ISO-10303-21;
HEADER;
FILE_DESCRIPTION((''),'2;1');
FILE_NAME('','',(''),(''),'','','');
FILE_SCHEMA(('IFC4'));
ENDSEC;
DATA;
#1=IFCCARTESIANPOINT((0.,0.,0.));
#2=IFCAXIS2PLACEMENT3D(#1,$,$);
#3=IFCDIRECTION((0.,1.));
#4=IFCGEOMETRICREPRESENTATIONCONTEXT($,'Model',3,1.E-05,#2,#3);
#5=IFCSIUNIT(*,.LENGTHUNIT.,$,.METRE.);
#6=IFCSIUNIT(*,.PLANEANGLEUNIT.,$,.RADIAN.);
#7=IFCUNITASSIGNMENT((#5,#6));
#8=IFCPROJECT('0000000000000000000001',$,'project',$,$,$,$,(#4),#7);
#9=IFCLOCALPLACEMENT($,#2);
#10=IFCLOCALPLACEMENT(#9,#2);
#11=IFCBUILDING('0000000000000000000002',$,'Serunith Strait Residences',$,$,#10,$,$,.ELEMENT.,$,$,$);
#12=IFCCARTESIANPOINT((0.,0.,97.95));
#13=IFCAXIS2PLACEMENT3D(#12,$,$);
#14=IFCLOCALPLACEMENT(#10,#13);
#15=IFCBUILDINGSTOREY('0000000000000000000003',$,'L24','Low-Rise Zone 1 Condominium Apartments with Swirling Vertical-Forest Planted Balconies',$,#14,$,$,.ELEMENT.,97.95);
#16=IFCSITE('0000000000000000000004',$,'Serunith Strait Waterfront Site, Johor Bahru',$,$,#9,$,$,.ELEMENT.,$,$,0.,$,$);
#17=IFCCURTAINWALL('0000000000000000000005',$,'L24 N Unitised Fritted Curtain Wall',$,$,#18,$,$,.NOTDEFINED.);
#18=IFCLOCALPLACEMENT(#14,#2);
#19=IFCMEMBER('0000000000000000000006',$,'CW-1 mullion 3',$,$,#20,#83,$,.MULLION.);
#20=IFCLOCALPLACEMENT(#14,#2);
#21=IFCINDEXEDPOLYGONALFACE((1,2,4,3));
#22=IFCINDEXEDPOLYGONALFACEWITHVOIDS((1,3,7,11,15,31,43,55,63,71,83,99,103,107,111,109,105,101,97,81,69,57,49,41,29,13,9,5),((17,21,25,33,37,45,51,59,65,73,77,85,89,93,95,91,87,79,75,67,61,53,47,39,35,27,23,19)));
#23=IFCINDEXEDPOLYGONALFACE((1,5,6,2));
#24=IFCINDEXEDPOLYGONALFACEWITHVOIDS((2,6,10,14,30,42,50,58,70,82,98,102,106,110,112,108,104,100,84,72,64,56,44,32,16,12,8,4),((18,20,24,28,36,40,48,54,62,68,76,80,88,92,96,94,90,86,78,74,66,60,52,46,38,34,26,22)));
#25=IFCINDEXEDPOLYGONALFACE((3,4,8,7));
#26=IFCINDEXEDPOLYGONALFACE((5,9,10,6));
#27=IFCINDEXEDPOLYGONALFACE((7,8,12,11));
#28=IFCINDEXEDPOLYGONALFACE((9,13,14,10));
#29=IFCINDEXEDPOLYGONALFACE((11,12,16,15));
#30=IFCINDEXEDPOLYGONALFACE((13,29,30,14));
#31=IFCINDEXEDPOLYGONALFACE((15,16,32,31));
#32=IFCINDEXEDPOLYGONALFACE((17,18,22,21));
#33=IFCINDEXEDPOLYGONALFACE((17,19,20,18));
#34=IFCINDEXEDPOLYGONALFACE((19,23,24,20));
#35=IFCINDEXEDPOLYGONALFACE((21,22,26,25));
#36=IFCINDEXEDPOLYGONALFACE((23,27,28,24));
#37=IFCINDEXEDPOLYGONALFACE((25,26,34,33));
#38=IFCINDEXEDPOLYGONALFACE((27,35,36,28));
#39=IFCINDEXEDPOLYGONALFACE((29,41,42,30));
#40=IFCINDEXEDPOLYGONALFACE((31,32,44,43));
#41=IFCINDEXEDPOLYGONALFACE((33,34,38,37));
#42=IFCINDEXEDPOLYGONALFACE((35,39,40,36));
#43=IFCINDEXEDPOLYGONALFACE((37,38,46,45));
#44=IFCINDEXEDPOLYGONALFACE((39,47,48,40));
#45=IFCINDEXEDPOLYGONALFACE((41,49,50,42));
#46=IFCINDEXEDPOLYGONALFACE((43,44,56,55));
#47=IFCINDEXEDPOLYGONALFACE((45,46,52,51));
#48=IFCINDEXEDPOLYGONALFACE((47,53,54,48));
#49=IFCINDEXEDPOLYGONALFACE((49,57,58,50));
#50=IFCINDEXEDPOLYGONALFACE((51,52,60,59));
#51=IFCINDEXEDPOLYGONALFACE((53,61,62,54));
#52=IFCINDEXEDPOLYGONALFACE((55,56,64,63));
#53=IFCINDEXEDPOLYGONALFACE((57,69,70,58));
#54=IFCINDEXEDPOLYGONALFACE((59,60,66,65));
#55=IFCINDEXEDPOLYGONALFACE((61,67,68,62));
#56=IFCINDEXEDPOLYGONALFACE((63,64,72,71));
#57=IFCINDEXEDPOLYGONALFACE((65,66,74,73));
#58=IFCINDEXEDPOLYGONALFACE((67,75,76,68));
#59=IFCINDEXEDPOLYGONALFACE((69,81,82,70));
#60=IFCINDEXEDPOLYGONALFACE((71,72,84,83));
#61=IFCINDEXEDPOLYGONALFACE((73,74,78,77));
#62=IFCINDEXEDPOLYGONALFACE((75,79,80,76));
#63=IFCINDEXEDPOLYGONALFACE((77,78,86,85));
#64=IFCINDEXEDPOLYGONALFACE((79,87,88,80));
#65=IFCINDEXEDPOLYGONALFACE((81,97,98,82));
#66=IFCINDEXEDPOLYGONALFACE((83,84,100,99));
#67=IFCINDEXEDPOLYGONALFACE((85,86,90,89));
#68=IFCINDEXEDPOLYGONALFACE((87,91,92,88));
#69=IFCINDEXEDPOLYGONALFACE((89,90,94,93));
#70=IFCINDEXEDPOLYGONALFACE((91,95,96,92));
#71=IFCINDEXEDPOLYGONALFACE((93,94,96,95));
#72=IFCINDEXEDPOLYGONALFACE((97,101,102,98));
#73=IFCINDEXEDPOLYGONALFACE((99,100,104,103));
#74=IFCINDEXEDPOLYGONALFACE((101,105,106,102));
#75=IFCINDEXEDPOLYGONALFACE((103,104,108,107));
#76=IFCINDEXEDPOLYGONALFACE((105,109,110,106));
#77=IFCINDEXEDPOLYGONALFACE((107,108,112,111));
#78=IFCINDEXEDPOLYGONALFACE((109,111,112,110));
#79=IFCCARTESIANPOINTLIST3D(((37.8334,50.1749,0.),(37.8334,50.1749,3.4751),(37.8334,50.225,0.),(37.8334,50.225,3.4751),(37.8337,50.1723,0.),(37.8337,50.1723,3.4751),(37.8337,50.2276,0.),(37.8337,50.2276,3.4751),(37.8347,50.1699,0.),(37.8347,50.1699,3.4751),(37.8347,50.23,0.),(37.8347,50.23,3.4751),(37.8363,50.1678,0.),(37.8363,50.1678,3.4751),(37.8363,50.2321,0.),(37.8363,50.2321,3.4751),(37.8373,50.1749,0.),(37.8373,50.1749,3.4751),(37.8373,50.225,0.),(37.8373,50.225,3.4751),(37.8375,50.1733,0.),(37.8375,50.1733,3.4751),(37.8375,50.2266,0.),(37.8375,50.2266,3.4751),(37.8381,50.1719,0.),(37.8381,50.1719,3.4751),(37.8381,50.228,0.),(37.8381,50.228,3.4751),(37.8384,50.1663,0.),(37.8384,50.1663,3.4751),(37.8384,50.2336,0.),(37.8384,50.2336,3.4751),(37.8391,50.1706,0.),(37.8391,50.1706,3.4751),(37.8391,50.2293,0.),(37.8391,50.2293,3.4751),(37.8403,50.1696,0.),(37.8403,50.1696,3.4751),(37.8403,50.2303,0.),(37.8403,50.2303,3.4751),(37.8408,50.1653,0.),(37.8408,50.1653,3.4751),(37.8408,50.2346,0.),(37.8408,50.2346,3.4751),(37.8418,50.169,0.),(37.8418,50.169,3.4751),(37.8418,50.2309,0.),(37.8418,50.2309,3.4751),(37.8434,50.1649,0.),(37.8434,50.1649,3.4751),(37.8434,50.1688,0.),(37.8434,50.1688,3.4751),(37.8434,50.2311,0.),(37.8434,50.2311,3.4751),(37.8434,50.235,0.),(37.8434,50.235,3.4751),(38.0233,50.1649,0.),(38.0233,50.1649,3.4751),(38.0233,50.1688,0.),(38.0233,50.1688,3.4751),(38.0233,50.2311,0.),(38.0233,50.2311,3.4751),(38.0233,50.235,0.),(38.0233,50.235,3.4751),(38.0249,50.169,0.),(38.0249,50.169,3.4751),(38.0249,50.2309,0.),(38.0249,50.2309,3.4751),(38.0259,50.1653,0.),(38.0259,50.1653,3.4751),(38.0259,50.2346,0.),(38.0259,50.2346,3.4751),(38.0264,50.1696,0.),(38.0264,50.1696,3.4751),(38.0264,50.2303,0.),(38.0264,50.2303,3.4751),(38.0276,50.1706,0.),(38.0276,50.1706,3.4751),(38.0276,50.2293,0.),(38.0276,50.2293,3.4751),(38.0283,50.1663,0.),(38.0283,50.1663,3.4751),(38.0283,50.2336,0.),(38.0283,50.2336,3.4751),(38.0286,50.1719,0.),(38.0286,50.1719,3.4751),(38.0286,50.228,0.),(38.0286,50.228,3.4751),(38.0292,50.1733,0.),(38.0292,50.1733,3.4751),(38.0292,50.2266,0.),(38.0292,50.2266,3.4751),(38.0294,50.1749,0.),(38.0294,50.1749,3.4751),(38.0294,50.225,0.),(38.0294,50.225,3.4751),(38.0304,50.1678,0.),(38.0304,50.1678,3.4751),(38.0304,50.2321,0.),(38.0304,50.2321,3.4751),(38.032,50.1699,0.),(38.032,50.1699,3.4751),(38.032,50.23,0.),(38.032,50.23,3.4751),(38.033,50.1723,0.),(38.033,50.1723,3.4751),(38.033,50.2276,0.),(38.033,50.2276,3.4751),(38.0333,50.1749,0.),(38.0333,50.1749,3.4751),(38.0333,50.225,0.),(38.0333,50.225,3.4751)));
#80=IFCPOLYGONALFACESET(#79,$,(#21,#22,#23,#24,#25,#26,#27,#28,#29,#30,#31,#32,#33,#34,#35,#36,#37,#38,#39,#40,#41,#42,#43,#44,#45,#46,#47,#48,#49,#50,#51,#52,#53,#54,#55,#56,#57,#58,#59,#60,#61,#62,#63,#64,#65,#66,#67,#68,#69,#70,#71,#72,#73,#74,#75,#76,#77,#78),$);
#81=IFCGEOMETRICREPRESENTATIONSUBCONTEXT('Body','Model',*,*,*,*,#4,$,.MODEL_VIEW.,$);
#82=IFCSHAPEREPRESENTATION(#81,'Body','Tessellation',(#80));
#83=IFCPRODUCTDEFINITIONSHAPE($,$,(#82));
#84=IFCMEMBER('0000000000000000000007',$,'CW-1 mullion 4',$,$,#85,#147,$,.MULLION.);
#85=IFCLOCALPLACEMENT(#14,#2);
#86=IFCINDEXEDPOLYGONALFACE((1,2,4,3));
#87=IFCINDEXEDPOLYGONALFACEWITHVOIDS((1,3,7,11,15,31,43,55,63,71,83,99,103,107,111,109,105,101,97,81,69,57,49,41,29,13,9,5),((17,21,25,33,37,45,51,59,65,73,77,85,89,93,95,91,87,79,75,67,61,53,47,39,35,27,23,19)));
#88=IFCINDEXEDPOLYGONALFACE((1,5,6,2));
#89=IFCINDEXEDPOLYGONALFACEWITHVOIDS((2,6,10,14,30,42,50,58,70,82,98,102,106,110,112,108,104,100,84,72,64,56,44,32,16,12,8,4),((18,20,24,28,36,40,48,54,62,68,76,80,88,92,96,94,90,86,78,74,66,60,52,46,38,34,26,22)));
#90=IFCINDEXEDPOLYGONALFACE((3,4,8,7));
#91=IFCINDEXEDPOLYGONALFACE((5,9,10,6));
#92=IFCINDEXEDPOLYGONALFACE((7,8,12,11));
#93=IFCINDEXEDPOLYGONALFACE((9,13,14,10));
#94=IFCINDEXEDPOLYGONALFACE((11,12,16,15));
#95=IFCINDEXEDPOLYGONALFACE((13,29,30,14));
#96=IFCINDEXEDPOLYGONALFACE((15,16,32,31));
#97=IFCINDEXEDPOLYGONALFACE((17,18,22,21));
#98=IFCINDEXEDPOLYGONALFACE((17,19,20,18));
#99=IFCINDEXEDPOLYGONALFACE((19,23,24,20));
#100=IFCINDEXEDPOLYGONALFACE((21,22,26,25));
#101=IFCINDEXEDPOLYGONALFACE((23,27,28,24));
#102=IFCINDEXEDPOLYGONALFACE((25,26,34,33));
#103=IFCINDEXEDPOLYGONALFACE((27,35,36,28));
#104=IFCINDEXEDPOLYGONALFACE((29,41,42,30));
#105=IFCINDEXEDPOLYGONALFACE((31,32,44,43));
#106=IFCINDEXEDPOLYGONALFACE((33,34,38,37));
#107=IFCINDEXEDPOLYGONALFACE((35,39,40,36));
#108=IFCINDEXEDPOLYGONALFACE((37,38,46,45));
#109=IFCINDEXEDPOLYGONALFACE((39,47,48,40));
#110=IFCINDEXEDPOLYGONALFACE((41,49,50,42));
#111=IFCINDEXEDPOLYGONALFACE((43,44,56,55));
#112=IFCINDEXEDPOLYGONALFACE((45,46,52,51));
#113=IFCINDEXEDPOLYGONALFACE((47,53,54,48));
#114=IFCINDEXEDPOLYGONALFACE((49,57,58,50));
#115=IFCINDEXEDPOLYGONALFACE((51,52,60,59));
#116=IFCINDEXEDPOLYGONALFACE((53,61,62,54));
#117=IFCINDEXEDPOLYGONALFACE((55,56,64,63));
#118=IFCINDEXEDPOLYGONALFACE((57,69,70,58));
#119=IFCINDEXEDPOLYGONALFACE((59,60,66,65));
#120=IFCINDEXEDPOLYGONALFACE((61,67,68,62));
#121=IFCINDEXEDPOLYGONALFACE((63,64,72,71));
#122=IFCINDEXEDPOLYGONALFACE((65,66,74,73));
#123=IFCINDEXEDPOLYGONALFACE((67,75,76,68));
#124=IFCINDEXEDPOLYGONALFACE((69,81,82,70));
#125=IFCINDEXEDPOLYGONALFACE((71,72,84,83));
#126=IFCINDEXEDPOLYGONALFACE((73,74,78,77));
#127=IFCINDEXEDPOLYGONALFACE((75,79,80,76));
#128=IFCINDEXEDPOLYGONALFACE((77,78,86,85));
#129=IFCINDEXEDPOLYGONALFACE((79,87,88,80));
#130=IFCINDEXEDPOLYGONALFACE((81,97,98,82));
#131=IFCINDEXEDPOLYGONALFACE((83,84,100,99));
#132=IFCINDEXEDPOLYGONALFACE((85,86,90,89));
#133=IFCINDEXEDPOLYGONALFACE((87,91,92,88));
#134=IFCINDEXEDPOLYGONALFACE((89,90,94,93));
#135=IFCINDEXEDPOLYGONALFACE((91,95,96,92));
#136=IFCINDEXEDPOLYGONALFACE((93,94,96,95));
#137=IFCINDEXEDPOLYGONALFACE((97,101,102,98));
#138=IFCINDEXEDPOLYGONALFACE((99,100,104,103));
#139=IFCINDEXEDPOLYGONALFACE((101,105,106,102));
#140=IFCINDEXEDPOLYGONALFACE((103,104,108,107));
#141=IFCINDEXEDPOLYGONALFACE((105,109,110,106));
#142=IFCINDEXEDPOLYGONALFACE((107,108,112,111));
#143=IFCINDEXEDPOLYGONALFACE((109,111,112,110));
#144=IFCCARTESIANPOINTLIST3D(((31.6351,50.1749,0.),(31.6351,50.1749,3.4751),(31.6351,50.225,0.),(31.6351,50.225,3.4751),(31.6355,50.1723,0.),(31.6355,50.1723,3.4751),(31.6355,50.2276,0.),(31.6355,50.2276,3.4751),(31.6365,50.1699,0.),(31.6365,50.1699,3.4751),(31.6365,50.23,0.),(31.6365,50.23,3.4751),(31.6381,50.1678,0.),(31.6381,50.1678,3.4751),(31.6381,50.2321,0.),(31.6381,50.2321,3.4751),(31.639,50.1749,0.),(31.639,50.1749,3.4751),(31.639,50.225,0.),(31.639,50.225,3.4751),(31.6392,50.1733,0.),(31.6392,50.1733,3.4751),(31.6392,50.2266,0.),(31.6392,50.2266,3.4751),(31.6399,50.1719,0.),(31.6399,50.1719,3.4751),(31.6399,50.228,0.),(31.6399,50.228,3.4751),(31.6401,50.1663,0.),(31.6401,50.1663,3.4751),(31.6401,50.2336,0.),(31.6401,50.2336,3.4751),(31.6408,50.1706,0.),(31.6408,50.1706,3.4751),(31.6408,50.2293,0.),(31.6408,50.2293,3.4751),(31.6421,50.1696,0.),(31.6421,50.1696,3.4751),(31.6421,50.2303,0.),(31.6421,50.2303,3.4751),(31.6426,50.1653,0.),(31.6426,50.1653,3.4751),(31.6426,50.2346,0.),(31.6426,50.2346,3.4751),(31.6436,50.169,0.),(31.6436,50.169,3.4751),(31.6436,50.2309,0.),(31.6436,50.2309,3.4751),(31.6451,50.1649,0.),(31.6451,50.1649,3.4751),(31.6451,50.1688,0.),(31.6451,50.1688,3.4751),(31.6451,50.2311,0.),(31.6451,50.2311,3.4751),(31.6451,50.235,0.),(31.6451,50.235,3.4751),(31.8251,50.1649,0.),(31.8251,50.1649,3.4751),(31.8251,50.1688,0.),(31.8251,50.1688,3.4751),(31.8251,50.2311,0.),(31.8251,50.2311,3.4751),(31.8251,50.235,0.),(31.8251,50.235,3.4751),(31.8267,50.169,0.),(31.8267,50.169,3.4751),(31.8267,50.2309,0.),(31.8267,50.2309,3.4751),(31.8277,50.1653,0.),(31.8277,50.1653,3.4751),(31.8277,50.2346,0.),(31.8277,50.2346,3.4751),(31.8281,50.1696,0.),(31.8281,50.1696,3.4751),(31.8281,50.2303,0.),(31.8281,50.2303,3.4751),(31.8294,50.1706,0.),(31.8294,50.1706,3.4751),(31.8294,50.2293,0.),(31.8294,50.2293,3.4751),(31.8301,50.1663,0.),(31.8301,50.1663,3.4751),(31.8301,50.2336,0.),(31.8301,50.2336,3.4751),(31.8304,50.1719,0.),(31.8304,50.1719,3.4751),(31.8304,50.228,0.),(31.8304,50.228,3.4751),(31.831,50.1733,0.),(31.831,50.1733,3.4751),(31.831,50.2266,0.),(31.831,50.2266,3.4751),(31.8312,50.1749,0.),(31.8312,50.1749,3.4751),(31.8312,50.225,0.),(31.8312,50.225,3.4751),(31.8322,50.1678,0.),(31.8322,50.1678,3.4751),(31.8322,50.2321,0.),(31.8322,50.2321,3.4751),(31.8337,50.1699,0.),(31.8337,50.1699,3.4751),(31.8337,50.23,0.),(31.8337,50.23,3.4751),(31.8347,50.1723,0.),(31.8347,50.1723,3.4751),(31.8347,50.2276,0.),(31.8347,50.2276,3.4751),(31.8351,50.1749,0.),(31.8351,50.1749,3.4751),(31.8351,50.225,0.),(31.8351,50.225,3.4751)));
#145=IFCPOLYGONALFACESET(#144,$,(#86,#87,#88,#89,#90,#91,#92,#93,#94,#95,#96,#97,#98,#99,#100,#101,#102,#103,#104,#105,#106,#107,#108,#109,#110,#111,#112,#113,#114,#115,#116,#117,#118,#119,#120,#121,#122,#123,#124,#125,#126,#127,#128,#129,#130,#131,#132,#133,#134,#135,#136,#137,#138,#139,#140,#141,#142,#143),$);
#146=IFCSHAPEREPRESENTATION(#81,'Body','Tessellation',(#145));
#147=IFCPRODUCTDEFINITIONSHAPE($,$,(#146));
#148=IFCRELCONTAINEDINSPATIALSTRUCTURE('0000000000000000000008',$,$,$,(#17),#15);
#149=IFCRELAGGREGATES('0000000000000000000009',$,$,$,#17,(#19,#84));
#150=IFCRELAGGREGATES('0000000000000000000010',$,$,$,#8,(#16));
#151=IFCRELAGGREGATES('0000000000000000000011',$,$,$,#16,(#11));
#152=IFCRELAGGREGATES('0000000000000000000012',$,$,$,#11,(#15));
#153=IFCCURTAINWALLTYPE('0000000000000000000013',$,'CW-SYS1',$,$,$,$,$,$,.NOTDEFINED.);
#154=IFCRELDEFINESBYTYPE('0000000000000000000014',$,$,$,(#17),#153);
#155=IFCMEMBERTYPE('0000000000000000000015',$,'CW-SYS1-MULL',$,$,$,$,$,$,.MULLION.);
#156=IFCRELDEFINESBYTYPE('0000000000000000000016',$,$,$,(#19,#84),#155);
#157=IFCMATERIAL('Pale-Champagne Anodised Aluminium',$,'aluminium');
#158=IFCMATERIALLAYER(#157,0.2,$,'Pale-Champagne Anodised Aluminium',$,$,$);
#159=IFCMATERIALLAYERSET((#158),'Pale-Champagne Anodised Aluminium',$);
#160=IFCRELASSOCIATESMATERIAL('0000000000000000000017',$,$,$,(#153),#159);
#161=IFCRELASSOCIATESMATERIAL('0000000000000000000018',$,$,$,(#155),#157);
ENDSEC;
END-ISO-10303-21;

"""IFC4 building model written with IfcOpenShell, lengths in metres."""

from ifc_helpers import new_model, si_unit, direction, frame, origin, origin_2d, place, context, subcontext, project, spatial, hollow_rectangle, extrude, source, transform, mapped, material, layer, layer_set, material_profile, profile_set, type_object, element, aggregate, save


model = new_model("IFC4")

# Units and contexts
model_context = context("Model", 3, precision=1e-05, world=origin(), true_north=direction((0.0, 1.0)))
body_context = subcontext(model_context, "Body", "Model", "MODEL_VIEW")
ifc_project = project(units=[si_unit("LENGTHUNIT", "METRE"), si_unit("PLANEANGLEUNIT", "RADIAN")], contexts=[model_context])

# Site, building, storey
site_placement = place(None, origin())
site = spatial("IfcSite", under=ifc_project, at=site_placement, Name="Serunith Strait Waterfront Site, Johor Bahru", CompositionType="ELEMENT", RefElevation=0.0)
building_placement = place(site_placement, origin())
building = spatial("IfcBuilding", under=site, at=building_placement, Name="Serunith Strait Residences", CompositionType="ELEMENT")
storey_placement = place(building_placement, frame((0.0, 0.0, 97.95)))
storey = spatial("IfcBuildingStorey", under=building, at=storey_placement, Name="L24", Description="Low-Rise Zone 1 Condominium Apartments with Swirling Vertical-Forest Planted Balconies", CompositionType="ELEMENT", Elevation=97.95)

# Curtain wall, members
ifc_material_1 = material(Name="Pale-Champagne Anodised Aluminium", Category="aluminium")
ifc_layer_1 = layer(ifc_material_1, 0.2, Name="Pale-Champagne Anodised Aluminium")
ifc_layer_set_1 = layer_set([ifc_layer_1], Name="Pale-Champagne Anodised Aluminium")
curtain_wall_type = type_object("IfcCurtainWallType", Name="CW-SYS1", PredefinedType="NOTDEFINED", material=ifc_layer_set_1)
curtain_wall_placement = place(storey_placement, origin())
curtain_wall = element("IfcCurtainWall", 1, at=curtain_wall_placement, inside=storey, type_object=curtain_wall_type, Name="L24 N Unitised Fritted Curtain Wall", PredefinedType="NOTDEFINED")
ifc_material_profile_1 = material_profile(ifc_material_1, hollow_rectangle(XDim=0.0701, YDim=0.2, WallThickness=0.0039, InnerFilletRadius=0.0061, OuterFilletRadius=0.01, at=origin_2d()), Name="ALU 200x70x4")
ifc_profile_set_1 = profile_set([ifc_material_profile_1], Name="Pale-Champagne Anodised Aluminium")
member_type_1 = type_object("IfcMemberType", Name="CW-SYS1-MULL", PredefinedType="MULLION", material=ifc_profile_set_1)
shared_shape_1 = source(origin(), body_context, "Body", "SweptSolid", [
    extrude(hollow_rectangle(XDim=0.0701, YDim=0.2, WallThickness=0.0039, InnerFilletRadius=0.0061, OuterFilletRadius=0.01, at=origin_2d()), origin(), (0.0, 0.0, 1.0), 3.4751),
])
member_1_placement = place(storey_placement, frame((37.9333, 50.2, 0.0), z_axis=(0.0, 0.0, 1.0), x_axis=(0.0, -1.0, 0.0)))
member_1 = element("IfcMember", 2, at=member_1_placement, type_object=member_type_1, Name="CW-1 mullion 3", PredefinedType="MULLION", context=body_context, shape_type="MappedRepresentation", body=[
    mapped(shared_shape_1, transform((0.0, 0.0, 0.0), scale=1.0)),
])
member_2_placement = place(storey_placement, frame((31.7351, 50.2, 0.0), z_axis=(0.0, 0.0, 1.0), x_axis=(0.0, -1.0, 0.0)))
member_2 = element("IfcMember", 3, at=member_2_placement, type_object=member_type_1, Name="CW-1 mullion 4", PredefinedType="MULLION", context=body_context, shape_type="MappedRepresentation", body=[
    mapped(shared_shape_1, transform((0.0, 0.0, 0.0), scale=1.0)),
])
aggregate(curtain_wall, [member_1, member_2])

save(model, "model.ifc")
